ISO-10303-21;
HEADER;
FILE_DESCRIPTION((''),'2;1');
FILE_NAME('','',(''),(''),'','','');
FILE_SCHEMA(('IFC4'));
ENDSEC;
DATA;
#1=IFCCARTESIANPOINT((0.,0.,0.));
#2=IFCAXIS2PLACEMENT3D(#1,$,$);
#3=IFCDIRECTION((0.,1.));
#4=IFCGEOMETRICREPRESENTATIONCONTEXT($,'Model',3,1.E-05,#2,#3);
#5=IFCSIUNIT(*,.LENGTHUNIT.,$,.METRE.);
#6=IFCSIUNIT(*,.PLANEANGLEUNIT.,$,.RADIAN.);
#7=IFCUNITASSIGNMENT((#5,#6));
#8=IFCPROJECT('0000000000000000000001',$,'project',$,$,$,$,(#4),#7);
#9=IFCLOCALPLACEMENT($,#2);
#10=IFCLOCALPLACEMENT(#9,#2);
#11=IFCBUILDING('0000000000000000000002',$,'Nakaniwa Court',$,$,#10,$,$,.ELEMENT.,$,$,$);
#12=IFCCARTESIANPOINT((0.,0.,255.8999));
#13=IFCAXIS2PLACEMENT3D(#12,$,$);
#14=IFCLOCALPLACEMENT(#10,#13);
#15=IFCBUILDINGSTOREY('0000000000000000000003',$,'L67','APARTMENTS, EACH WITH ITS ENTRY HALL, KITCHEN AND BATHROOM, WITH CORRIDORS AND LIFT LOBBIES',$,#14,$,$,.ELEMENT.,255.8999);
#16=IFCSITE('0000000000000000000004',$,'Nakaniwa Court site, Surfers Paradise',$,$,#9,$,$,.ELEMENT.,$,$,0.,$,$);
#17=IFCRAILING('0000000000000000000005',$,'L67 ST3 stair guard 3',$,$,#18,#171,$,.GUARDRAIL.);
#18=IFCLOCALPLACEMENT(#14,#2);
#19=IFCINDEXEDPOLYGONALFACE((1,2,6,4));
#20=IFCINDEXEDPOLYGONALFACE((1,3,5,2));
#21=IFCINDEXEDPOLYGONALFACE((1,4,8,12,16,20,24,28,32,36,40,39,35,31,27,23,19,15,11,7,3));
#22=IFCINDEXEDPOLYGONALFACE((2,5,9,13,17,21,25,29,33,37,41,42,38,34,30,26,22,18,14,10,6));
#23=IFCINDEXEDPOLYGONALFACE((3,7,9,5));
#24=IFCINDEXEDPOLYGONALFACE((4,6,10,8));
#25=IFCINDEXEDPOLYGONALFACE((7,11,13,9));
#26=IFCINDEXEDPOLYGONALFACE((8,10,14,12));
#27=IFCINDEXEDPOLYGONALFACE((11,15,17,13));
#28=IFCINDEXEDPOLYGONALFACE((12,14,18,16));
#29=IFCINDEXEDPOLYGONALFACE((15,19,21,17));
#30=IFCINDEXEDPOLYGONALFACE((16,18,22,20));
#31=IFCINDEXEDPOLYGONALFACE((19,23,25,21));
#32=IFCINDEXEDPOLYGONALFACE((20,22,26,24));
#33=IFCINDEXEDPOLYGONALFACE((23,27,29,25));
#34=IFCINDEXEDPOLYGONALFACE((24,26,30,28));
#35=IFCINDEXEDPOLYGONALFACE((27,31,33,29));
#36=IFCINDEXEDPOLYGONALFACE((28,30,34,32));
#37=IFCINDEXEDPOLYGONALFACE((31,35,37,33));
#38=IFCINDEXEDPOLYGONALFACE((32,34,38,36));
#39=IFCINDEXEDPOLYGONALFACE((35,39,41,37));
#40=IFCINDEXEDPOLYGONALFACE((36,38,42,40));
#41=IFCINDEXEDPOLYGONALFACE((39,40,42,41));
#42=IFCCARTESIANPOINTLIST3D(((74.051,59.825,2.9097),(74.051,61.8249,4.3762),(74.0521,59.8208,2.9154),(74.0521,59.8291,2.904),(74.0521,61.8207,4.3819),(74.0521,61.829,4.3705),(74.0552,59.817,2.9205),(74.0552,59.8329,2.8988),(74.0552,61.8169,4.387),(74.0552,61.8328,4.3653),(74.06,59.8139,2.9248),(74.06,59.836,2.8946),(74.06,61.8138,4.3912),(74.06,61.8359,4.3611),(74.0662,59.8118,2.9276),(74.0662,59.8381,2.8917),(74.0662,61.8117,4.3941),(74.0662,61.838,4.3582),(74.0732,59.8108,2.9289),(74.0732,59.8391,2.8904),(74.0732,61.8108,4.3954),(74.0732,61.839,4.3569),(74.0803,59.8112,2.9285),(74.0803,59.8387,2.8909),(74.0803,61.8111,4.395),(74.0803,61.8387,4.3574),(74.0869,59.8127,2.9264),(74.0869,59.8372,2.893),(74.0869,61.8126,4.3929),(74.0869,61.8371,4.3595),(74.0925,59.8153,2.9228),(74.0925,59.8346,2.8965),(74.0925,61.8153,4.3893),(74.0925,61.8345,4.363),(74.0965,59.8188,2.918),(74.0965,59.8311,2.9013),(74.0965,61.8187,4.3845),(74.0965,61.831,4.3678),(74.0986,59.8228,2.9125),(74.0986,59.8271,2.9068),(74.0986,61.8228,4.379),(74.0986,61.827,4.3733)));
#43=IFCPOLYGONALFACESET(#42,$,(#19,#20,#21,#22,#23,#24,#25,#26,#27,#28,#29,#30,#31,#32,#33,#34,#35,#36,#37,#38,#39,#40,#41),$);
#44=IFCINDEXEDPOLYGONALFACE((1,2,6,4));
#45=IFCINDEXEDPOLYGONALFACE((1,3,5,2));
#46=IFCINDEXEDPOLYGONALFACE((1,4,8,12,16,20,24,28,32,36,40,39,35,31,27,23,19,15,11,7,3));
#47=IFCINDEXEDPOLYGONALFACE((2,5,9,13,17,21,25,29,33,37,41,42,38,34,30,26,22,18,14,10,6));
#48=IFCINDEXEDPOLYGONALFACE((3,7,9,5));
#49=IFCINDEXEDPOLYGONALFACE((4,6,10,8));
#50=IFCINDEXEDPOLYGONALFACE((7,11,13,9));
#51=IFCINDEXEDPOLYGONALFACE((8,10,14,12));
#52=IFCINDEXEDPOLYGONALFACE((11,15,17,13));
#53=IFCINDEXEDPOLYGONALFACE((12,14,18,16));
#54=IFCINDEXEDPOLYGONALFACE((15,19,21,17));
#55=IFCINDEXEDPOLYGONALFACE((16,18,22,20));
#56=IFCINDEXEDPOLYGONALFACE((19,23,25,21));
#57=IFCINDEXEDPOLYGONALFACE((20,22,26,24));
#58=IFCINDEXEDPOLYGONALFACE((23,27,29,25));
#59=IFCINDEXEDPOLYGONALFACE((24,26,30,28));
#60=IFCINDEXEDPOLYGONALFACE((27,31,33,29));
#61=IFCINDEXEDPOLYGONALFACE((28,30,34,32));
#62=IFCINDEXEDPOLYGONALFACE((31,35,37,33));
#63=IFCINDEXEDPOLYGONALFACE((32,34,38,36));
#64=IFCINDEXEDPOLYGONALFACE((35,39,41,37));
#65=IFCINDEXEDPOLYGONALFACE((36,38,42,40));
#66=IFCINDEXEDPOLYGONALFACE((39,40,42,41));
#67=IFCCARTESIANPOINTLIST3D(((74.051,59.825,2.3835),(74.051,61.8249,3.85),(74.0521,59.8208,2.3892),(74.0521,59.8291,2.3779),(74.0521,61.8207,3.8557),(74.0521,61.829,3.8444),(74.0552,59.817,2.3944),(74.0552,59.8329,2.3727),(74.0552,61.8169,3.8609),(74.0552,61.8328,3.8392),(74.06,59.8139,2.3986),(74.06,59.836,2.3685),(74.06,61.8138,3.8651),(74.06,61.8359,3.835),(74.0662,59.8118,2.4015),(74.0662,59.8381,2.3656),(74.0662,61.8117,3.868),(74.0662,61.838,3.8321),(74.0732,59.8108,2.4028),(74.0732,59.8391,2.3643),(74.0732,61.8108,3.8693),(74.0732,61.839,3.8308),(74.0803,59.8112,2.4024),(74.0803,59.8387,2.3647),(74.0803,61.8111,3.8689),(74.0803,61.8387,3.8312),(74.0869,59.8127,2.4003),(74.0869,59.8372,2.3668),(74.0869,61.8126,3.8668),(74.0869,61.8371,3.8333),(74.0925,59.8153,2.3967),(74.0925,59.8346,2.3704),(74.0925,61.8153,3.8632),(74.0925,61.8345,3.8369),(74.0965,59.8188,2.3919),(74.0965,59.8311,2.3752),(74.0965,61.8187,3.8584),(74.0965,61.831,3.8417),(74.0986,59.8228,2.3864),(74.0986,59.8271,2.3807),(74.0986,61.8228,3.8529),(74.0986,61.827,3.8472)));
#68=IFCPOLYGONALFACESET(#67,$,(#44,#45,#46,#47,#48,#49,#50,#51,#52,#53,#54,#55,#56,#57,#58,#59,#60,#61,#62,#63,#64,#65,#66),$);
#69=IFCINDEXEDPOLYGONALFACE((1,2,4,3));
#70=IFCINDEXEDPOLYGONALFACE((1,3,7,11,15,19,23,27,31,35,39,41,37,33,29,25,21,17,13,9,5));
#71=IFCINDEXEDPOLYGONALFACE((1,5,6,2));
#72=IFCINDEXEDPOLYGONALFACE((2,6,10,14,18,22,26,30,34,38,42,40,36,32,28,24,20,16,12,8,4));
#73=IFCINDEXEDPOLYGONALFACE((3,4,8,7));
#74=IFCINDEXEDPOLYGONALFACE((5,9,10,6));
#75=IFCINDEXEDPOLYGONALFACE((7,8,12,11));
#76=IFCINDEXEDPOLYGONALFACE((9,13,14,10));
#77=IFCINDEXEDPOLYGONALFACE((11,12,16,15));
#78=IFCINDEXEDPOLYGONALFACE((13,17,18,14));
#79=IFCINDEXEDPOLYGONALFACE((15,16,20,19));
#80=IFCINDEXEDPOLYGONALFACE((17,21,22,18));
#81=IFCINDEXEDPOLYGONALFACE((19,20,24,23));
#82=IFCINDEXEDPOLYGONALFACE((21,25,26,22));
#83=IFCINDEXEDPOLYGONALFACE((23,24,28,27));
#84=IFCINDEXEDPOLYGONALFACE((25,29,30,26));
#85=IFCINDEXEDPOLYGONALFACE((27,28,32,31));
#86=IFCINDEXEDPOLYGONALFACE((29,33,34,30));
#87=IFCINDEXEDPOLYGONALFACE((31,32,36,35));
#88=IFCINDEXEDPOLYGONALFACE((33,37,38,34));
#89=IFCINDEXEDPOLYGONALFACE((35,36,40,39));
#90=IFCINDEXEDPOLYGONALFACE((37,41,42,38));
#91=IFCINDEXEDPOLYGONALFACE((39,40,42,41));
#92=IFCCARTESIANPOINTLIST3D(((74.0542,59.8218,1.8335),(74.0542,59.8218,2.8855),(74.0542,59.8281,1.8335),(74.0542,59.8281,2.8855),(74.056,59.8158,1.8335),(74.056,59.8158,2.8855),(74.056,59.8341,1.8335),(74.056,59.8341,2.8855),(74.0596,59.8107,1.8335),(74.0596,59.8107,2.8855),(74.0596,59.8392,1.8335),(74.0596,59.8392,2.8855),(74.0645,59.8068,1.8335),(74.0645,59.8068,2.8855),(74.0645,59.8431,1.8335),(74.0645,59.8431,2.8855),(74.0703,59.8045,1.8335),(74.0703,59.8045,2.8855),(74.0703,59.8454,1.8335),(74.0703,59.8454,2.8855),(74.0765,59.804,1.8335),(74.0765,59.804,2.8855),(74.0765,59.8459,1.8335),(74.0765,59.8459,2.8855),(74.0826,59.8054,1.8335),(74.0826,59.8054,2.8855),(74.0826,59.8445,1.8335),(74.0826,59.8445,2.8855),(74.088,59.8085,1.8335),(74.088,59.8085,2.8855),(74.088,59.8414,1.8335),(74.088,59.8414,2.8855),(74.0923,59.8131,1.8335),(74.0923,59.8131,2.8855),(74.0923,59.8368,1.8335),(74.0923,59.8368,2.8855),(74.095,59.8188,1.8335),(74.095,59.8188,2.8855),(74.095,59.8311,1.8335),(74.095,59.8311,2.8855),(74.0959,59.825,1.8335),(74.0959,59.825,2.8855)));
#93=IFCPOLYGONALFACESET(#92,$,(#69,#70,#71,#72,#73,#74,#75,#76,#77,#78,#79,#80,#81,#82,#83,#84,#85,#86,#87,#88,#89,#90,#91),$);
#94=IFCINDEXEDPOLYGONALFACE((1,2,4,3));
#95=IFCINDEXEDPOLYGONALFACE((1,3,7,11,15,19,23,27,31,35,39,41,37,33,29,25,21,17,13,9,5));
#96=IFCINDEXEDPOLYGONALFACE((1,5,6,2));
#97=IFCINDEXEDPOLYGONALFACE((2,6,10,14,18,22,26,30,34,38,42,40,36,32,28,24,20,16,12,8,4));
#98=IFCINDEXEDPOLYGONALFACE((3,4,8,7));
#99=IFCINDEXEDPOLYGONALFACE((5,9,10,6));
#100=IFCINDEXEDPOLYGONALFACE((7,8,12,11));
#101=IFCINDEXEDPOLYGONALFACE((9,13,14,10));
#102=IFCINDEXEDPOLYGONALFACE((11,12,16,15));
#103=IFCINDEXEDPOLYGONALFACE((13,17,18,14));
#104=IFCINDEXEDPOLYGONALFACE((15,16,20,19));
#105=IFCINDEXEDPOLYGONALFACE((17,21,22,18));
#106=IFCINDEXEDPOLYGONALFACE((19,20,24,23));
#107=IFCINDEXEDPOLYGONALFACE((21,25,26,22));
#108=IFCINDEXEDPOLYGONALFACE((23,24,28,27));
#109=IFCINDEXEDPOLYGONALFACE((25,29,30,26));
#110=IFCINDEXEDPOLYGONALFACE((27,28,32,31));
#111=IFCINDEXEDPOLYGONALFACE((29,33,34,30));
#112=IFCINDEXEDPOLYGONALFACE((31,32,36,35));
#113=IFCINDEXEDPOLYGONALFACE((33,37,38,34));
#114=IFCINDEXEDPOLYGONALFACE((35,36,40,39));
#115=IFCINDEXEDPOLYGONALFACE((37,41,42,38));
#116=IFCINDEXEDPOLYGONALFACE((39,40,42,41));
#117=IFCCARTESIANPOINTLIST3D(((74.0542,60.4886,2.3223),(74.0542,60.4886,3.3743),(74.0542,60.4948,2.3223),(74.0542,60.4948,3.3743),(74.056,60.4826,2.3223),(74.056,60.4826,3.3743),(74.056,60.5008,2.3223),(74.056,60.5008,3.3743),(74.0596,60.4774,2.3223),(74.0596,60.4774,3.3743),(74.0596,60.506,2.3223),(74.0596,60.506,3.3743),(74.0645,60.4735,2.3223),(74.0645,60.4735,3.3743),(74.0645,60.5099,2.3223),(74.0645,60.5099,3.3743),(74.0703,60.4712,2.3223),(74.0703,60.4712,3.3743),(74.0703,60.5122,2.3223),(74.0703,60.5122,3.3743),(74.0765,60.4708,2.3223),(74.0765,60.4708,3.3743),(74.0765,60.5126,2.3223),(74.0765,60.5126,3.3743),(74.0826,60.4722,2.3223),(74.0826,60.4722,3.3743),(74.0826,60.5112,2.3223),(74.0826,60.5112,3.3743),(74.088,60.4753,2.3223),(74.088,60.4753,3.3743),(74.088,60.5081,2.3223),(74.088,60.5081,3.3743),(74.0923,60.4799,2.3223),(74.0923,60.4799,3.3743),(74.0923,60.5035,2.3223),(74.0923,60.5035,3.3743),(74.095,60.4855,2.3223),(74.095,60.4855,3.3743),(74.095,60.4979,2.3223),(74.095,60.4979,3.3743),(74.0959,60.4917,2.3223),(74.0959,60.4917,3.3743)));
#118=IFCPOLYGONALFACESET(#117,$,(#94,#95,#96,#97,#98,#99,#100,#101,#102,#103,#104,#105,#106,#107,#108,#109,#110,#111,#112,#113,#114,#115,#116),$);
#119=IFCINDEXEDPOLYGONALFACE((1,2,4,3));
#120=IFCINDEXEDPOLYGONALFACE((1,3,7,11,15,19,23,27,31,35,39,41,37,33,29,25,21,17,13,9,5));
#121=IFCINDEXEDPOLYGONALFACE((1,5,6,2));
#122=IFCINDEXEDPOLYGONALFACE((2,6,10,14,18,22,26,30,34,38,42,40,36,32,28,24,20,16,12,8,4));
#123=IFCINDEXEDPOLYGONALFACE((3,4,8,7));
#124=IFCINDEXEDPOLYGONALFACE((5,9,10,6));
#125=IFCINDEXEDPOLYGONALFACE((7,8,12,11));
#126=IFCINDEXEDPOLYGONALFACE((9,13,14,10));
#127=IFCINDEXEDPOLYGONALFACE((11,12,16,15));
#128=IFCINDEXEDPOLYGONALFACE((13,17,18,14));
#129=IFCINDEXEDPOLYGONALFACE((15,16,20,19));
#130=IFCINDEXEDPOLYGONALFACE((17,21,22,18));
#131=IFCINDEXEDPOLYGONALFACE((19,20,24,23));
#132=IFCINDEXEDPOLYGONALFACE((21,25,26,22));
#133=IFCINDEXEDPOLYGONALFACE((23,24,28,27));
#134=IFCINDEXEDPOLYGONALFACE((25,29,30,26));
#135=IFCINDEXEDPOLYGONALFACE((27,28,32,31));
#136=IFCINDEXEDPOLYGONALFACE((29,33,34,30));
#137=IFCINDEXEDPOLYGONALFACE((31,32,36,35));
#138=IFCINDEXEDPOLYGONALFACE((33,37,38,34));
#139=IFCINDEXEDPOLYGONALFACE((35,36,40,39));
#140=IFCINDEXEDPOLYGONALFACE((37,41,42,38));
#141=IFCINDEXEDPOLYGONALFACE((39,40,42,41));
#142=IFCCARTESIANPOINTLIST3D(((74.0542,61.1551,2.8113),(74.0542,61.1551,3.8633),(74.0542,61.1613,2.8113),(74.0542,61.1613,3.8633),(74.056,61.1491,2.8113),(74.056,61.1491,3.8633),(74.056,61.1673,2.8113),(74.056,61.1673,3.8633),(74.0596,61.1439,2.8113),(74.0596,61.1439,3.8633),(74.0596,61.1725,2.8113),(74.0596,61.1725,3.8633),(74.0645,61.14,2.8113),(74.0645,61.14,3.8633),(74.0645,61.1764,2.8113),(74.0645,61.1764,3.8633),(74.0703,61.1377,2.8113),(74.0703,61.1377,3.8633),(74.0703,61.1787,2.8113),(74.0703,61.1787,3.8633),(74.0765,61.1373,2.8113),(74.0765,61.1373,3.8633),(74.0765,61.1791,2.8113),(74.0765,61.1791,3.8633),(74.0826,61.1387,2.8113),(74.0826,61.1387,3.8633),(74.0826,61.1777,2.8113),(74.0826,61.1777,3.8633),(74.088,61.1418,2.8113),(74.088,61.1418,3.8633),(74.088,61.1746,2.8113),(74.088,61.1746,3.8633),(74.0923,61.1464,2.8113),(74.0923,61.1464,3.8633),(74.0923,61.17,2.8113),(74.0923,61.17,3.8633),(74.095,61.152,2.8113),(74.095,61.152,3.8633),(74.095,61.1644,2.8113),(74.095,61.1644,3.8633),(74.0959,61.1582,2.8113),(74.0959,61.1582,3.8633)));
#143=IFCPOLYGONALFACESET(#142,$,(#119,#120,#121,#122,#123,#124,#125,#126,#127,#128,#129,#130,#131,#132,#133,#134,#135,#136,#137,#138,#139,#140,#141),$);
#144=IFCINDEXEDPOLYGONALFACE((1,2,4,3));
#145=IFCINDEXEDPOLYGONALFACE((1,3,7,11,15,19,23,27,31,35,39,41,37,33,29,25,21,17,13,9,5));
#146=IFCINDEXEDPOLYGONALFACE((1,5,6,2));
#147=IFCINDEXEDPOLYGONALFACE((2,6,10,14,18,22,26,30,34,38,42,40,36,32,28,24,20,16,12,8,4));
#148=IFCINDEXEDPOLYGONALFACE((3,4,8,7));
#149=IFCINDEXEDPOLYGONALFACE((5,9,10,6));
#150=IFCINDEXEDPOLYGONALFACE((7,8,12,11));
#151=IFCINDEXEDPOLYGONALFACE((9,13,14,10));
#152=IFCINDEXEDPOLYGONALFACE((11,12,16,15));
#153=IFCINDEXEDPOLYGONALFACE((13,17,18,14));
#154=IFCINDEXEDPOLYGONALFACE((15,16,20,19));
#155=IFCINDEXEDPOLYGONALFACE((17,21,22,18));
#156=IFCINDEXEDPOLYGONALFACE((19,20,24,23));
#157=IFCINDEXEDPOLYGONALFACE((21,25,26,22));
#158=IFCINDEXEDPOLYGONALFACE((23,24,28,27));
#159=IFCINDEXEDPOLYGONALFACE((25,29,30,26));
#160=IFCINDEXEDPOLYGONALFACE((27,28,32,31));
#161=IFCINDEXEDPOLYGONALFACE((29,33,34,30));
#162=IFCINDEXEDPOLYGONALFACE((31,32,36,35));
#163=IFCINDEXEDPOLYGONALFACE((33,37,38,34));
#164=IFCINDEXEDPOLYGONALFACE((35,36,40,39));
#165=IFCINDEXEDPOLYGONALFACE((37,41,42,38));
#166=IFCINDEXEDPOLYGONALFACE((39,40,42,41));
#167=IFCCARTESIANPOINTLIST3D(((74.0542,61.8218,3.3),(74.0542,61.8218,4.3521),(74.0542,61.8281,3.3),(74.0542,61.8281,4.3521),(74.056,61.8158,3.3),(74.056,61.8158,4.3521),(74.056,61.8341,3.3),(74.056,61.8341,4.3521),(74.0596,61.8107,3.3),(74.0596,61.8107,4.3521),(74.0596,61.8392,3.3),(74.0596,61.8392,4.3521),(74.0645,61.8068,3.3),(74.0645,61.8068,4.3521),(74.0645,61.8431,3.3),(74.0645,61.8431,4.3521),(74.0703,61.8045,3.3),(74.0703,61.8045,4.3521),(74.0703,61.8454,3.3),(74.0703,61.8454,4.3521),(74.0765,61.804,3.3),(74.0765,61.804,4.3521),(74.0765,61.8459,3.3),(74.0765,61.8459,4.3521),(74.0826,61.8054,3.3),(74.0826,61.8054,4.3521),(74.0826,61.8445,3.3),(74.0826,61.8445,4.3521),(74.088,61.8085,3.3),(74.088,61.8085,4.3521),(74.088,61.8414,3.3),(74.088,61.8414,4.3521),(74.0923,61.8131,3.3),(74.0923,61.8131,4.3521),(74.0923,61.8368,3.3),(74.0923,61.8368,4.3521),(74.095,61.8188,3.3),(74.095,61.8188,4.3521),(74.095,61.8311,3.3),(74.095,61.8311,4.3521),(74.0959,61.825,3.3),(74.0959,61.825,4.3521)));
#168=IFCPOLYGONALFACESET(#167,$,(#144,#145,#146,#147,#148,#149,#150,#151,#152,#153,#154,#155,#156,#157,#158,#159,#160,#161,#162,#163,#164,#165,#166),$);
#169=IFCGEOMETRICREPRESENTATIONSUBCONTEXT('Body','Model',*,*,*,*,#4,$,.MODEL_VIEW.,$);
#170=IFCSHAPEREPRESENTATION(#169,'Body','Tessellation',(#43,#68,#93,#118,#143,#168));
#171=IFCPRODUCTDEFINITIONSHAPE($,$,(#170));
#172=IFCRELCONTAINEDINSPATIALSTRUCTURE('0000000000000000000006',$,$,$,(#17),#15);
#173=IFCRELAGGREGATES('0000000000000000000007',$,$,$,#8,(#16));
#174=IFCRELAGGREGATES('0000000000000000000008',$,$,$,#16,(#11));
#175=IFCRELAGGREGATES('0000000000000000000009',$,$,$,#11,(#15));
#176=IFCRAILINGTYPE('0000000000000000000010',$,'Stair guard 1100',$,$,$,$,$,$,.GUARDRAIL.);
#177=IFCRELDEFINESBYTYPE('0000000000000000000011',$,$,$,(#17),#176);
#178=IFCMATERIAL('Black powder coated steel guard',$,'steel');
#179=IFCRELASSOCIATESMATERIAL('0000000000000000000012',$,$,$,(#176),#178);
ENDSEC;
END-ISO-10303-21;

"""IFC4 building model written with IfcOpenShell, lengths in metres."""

from ifc_helpers import new_model, si_unit, direction, frame, origin, origin_2d, place, context, subcontext, project, spatial, circle, extrude, material, type_object, element, save


model = new_model("IFC4")

# Units and contexts
model_context = context("Model", 3, precision=1e-05, world=origin(), true_north=direction((0.0, 1.0)))
body_context = subcontext(model_context, "Body", "Model", "MODEL_VIEW")
ifc_project = project(units=[si_unit("LENGTHUNIT", "METRE"), si_unit("PLANEANGLEUNIT", "RADIAN")], contexts=[model_context])

# Site, building, storey
site_placement = place(None, origin())
site = spatial("IfcSite", under=ifc_project, at=site_placement, Name="Nakaniwa Court site, Surfers Paradise", CompositionType="ELEMENT", RefElevation=0.0)
building_placement = place(site_placement, origin())
building = spatial("IfcBuilding", under=site, at=building_placement, Name="Nakaniwa Court", CompositionType="ELEMENT")
storey_placement = place(building_placement, frame((0.0, 0.0, 255.8999)))
storey = spatial("IfcBuildingStorey", under=building, at=storey_placement, Name="L67", Description="APARTMENTS, EACH WITH ITS ENTRY HALL, KITCHEN AND BATHROOM, WITH CORRIDORS AND LIFT LOBBIES", CompositionType="ELEMENT", Elevation=255.8999)

# Railing
ifc_material_1 = material(Name="Black powder coated steel guard", Category="steel")
railing_type_1 = type_object("IfcRailingType", Name="Stair guard 1100", PredefinedType="GUARDRAIL", material=ifc_material_1)
railing_1_placement = place(storey_placement, frame((74.075, 59.825, 1.8335)))
element("IfcRailing", 1, at=railing_1_placement, inside=storey, type_object=railing_type_1, Name="L67 ST3 stair guard 3", PredefinedType="GUARDRAIL", context=body_context, shape_type="SweptSolid", body=[
    extrude(circle(Radius=0.0239, at=origin_2d()), frame((0.0, 0.0, 1.0762), z_axis=(0.0, 0.806427, 0.591334), x_axis=(-1.0, 0.0, 0.0)), (0.0, 0.0, 1.0), 2.48),
    extrude(circle(Radius=0.0239, at=origin_2d()), frame((0.0, 0.0, 0.55), z_axis=(0.0, 0.806427, 0.591334), x_axis=(-1.0, 0.0, 0.0)), (0.0, 0.0, 1.0), 2.48),
    extrude(circle(Radius=0.021, at=origin_2d()), origin(), (0.0, 0.0, 1.0), 1.052),
    extrude(circle(Radius=0.021, at=origin_2d()), frame((0.0, 0.6667, 0.4888)), (0.0, 0.0, 1.0), 1.052),
    extrude(circle(Radius=0.021, at=origin_2d()), frame((0.0, 1.3333, 0.9778)), (0.0, 0.0, 1.0), 1.052),
    extrude(circle(Radius=0.021, at=origin_2d()), frame((0.0, 2.0, 1.4666)), (0.0, 0.0, 1.0), 1.052),
])

save(model, "model.ifc")
